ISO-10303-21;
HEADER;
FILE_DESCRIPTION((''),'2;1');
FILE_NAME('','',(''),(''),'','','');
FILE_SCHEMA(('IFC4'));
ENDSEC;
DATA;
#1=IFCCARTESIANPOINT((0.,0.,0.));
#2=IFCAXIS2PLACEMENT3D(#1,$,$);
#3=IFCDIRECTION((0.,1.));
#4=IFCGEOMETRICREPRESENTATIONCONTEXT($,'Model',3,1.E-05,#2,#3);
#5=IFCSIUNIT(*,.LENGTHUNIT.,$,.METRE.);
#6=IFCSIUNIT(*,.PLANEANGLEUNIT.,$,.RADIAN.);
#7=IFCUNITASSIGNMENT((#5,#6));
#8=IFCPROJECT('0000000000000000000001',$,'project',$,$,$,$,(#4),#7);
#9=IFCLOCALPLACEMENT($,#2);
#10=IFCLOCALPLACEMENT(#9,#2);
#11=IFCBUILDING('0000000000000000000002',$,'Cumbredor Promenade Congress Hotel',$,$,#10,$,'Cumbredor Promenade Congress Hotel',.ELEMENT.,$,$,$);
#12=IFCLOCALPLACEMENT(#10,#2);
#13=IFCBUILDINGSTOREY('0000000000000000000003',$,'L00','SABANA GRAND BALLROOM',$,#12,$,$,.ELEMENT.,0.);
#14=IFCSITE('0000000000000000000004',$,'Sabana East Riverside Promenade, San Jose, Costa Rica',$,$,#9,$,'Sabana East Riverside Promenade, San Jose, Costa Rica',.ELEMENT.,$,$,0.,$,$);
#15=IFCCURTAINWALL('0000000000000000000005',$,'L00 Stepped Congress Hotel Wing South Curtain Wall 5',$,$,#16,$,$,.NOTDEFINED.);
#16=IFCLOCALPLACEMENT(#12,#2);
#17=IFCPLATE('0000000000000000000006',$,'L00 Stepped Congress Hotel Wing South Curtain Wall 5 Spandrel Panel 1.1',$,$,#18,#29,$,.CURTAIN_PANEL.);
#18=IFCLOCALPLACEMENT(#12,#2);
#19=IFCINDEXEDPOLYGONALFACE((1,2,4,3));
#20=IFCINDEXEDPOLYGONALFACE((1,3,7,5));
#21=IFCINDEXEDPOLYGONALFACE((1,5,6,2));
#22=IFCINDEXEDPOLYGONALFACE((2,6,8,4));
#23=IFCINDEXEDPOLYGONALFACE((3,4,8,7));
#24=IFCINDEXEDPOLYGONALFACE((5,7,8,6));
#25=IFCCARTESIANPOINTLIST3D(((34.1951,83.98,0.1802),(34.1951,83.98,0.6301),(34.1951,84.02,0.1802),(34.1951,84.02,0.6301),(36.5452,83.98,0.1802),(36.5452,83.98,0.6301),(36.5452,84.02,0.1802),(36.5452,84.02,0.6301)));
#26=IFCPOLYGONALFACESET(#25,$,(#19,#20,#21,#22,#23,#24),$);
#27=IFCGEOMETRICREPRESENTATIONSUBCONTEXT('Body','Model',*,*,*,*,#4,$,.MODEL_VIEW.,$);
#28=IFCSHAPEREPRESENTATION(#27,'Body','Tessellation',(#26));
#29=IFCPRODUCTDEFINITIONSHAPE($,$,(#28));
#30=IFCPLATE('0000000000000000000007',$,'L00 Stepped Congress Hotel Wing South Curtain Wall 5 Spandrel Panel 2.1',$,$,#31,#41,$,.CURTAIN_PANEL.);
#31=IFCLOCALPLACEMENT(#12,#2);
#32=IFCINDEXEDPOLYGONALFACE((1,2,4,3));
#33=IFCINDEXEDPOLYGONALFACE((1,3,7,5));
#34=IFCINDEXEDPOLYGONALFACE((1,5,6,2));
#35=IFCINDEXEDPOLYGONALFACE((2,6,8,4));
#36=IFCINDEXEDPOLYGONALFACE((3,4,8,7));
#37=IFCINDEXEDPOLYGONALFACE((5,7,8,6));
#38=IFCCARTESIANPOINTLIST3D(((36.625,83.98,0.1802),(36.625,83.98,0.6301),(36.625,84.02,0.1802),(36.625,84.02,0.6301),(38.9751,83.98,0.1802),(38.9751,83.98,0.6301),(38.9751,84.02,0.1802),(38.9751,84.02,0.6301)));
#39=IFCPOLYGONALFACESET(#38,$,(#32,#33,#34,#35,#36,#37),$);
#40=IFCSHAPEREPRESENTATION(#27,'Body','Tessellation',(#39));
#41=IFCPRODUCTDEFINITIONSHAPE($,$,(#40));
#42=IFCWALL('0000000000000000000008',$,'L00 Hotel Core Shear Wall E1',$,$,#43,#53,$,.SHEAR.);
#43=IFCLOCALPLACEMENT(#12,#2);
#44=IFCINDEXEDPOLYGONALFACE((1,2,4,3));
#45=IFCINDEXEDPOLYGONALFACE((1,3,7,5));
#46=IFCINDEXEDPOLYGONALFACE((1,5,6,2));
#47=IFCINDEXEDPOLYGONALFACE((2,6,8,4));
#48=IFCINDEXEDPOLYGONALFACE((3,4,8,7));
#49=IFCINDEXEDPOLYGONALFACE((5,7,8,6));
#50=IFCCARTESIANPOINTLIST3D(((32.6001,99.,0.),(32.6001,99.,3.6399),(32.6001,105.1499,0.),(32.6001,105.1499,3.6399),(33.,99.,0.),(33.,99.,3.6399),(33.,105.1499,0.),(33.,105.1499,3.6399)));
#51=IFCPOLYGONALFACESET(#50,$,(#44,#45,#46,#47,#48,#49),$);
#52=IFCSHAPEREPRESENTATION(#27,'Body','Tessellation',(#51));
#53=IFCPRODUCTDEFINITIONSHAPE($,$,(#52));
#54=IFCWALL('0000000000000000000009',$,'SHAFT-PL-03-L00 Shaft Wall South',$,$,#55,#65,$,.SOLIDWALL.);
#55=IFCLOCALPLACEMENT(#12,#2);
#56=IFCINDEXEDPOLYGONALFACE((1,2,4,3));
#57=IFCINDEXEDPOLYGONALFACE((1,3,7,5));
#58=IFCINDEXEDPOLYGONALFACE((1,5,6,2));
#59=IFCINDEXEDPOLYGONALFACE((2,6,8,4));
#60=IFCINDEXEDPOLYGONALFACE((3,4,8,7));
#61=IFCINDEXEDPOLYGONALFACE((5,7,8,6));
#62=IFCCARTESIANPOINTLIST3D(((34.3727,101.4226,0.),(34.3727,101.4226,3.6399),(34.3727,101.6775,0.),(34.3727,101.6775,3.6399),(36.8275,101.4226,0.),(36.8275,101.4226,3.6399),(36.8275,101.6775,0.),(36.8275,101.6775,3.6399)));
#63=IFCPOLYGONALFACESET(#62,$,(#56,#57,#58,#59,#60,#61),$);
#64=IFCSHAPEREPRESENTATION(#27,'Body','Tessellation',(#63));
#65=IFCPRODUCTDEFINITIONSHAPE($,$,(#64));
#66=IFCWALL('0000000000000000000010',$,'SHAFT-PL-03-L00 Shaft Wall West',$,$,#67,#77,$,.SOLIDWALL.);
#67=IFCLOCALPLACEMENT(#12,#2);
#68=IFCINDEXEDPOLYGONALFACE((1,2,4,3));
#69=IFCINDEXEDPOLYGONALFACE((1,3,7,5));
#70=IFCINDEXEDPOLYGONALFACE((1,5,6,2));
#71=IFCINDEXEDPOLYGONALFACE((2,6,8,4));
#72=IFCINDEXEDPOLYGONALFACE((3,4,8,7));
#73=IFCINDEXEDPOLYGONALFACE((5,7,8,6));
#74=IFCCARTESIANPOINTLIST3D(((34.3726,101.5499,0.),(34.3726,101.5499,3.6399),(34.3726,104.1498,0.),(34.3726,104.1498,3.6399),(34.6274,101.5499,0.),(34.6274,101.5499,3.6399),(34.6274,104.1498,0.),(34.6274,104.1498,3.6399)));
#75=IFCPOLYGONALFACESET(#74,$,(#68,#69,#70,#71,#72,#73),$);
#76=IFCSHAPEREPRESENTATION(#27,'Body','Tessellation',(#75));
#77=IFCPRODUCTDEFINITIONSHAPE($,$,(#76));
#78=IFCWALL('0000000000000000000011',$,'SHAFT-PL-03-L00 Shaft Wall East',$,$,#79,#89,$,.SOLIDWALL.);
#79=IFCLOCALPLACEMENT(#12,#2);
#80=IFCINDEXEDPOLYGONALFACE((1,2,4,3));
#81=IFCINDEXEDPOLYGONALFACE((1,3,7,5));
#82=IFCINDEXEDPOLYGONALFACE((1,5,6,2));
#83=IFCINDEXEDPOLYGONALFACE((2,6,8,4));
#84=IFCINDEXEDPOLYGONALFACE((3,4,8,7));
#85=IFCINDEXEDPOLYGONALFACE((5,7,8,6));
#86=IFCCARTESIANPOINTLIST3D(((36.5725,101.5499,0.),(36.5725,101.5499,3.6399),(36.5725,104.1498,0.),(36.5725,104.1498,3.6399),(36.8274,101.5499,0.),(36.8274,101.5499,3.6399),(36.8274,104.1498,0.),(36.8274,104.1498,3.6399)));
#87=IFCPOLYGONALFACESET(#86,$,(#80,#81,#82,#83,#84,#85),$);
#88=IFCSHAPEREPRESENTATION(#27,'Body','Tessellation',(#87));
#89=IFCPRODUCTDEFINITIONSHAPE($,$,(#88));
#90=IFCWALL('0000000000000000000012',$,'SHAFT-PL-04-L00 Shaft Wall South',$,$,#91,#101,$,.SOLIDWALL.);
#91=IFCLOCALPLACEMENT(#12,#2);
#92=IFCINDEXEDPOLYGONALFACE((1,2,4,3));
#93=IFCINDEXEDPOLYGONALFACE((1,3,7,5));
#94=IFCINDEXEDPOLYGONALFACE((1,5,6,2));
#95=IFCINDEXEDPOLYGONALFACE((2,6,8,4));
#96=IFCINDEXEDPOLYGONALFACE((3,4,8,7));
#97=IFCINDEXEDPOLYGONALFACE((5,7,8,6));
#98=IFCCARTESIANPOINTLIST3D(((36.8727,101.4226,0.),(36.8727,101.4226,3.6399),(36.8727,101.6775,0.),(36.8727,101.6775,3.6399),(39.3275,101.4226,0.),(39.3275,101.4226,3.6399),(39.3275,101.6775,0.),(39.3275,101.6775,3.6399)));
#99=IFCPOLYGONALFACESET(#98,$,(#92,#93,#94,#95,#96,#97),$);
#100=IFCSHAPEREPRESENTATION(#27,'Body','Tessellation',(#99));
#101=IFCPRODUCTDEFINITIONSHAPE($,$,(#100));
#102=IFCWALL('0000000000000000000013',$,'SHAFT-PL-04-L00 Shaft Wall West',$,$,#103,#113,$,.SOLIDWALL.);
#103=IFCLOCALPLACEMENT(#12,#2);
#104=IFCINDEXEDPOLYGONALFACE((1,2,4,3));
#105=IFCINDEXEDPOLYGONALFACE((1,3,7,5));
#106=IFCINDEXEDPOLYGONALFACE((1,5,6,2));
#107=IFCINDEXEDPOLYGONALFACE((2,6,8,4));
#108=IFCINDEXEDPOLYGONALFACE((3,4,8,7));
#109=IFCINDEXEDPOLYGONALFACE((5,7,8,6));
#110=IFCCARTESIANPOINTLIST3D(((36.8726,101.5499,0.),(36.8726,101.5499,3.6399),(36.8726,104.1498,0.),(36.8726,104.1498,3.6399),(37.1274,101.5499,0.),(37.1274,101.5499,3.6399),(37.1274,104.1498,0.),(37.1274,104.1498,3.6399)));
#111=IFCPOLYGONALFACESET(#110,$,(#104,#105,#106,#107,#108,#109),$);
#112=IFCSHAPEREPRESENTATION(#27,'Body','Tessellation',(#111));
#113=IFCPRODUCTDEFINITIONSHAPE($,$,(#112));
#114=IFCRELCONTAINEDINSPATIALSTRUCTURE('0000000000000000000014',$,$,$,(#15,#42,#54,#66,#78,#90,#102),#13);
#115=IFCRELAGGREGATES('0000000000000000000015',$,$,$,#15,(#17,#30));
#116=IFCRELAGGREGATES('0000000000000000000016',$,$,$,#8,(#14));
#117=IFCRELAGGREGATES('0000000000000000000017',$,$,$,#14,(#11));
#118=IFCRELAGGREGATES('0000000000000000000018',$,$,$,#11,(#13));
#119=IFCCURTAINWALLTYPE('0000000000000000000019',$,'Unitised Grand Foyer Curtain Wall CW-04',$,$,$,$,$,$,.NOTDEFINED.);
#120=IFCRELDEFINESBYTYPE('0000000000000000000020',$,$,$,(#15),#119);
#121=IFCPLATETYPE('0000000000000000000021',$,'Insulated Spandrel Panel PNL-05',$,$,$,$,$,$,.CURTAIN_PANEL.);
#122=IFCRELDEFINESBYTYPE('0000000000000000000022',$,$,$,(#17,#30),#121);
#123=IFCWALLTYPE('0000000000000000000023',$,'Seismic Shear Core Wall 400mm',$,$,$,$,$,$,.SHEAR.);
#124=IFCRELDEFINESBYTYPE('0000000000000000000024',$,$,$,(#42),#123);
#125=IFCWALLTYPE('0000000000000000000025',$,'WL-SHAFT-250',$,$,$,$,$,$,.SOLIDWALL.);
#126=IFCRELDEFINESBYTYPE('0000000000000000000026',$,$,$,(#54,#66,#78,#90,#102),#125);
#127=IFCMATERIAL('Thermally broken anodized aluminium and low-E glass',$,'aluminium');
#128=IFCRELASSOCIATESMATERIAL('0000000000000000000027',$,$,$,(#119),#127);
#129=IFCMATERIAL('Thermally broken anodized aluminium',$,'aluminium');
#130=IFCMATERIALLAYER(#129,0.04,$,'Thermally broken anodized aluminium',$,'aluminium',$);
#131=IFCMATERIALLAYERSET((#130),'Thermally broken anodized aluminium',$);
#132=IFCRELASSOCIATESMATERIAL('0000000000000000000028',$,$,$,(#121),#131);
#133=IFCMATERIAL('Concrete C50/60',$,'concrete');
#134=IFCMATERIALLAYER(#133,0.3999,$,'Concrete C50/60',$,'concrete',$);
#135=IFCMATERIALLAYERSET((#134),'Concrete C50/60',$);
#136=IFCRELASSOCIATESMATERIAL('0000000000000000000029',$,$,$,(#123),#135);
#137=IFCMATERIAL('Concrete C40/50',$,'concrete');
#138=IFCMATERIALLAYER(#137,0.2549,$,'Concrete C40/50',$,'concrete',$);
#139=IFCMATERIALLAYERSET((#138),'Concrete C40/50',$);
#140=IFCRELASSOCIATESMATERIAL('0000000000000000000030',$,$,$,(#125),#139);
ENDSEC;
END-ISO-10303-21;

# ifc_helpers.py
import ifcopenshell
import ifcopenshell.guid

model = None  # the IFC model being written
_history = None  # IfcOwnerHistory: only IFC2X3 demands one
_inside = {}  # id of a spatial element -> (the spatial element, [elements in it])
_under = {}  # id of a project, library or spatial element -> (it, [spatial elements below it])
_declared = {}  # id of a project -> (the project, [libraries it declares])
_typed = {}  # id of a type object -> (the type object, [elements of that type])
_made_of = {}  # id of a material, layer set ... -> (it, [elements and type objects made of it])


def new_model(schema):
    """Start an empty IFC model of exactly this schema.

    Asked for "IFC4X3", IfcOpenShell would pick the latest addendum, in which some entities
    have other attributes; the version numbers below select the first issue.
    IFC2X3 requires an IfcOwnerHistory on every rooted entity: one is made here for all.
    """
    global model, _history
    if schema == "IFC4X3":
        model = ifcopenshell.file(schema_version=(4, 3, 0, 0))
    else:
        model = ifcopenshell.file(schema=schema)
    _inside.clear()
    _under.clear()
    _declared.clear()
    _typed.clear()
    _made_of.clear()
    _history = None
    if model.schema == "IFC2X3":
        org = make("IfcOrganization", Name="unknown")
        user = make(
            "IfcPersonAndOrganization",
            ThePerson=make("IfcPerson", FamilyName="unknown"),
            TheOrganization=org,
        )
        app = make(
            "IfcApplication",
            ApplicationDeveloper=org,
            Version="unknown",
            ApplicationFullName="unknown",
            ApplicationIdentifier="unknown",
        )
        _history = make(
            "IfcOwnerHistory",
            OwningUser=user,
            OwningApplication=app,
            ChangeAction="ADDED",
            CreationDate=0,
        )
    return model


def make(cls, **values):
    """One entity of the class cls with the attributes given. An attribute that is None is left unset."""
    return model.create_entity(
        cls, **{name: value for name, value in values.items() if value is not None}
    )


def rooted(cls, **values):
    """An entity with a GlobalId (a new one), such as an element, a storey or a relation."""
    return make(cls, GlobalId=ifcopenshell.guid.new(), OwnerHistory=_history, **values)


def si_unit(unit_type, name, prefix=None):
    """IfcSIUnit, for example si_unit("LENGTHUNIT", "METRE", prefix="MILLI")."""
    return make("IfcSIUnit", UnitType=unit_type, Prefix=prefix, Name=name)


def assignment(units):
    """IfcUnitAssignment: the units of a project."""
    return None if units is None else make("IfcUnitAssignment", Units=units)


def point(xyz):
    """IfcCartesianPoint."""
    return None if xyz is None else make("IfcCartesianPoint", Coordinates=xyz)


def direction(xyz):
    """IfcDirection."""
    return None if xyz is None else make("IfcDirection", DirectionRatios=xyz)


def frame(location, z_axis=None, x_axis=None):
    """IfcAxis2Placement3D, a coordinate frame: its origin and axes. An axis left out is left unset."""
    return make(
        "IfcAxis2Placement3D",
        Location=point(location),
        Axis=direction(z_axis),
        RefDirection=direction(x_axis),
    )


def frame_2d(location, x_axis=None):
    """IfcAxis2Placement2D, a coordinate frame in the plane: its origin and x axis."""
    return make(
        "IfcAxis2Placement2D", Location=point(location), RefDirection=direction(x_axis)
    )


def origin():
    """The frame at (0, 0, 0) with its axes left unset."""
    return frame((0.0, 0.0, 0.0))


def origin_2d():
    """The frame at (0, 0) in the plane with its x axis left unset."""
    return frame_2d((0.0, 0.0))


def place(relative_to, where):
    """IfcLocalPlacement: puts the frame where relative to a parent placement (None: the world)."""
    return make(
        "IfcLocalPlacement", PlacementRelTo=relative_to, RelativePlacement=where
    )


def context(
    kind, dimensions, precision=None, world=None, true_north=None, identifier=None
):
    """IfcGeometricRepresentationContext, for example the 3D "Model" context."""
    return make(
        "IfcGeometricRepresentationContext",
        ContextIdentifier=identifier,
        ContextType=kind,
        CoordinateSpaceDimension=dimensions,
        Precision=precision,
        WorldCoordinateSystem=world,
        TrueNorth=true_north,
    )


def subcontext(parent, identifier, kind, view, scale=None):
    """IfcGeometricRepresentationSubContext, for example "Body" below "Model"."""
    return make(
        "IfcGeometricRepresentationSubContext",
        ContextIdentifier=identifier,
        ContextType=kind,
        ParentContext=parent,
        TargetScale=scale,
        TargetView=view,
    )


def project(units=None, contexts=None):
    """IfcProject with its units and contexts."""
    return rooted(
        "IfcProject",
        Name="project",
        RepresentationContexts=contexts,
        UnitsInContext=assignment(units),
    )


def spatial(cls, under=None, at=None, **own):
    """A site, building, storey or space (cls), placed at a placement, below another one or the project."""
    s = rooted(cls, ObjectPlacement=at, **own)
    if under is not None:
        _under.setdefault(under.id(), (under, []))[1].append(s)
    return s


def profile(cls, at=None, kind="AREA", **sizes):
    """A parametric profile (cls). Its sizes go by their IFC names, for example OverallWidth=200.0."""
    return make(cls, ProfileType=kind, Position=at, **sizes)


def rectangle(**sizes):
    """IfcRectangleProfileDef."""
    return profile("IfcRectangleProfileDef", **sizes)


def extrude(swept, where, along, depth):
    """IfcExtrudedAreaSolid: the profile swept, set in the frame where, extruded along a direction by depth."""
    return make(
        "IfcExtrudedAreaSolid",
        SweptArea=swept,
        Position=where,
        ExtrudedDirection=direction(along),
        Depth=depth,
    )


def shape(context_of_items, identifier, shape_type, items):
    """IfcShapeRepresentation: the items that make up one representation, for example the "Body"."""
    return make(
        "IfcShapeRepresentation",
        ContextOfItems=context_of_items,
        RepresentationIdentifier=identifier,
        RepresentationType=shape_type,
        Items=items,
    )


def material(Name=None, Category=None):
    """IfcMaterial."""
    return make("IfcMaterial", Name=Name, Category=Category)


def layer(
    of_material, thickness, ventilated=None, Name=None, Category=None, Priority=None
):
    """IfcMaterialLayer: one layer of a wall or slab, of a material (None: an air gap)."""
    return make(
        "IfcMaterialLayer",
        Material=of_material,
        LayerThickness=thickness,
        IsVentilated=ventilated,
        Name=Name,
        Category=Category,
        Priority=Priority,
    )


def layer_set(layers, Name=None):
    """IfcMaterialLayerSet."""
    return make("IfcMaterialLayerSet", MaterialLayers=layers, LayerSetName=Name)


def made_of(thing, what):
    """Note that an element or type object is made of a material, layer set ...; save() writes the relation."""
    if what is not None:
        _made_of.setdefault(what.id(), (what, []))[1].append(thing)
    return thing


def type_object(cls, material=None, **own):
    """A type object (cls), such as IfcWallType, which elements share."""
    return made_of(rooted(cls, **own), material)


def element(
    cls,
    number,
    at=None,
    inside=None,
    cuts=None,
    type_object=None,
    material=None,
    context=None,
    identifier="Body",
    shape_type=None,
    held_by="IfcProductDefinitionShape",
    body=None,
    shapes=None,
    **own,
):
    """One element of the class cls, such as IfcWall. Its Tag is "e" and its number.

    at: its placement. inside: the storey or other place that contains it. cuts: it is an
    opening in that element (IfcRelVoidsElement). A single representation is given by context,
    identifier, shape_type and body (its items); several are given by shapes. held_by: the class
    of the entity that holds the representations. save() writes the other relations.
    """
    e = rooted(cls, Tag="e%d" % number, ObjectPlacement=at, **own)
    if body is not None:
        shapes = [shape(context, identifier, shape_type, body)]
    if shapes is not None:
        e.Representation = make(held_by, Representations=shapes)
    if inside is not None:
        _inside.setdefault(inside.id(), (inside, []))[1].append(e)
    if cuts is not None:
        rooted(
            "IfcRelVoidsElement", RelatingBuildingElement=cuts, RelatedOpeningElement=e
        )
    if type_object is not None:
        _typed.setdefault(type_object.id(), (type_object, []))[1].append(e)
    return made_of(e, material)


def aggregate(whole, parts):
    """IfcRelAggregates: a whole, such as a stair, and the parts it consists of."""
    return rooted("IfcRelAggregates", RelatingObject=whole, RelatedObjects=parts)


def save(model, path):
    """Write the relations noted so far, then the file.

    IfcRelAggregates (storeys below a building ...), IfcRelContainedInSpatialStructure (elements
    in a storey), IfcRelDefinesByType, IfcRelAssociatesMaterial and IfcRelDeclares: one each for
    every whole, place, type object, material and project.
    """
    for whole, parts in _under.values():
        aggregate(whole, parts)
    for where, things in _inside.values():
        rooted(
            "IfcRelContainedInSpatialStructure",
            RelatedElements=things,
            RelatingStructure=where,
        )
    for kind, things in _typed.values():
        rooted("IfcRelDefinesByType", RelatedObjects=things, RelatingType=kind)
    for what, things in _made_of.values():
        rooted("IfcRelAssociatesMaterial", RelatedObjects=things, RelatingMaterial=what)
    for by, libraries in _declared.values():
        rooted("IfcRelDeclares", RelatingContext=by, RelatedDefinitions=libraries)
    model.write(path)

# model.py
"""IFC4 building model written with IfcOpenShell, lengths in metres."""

from ifc_helpers import new_model, si_unit, direction, frame, frame_2d, origin, origin_2d, place, context, subcontext, project, spatial, rectangle, extrude, material, layer, layer_set, type_object, element, aggregate, save


model = new_model("IFC4")

# Units and contexts
model_context = context("Model", 3, precision=1e-05, world=origin(), true_north=direction((0.0, 1.0)))
body_context = subcontext(model_context, "Body", "Model", "MODEL_VIEW")
ifc_project = project(units=[si_unit("LENGTHUNIT", "METRE"), si_unit("PLANEANGLEUNIT", "RADIAN")], contexts=[model_context])

# Site, building, storey
site_placement = place(None, origin())
site = spatial("IfcSite", under=ifc_project, at=site_placement, Name="Sabana East Riverside Promenade, San Jose, Costa Rica", LongName="Sabana East Riverside Promenade, San Jose, Costa Rica", CompositionType="ELEMENT", RefElevation=0.0)
building_placement = place(site_placement, origin())
building = spatial("IfcBuilding", under=site, at=building_placement, Name="Cumbredor Promenade Congress Hotel", LongName="Cumbredor Promenade Congress Hotel", CompositionType="ELEMENT")
storey_placement = place(building_placement, origin())
storey = spatial("IfcBuildingStorey", under=building, at=storey_placement, Name="L00", Description="SABANA GRAND BALLROOM", CompositionType="ELEMENT", Elevation=0.0)

# Shared definitions
ifc_material_1 = material(Name="Concrete C50/60", Category="concrete")

# Shared definitions
ifc_material_2 = material(Name="Concrete C40/50", Category="concrete")

# Curtain wall
ifc_material_3 = material(Name="Thermally broken anodized aluminium and low-E glass", Category="aluminium")
curtain_wall_type = type_object("IfcCurtainWallType", Name="Unitised Grand Foyer Curtain Wall CW-04", PredefinedType="NOTDEFINED", material=ifc_material_3)
curtain_wall_placement = place(storey_placement, origin())
curtain_wall = element("IfcCurtainWall", 1, at=curtain_wall_placement, inside=storey, type_object=curtain_wall_type, Name="L00 Stepped Congress Hotel Wing South Curtain Wall 5", PredefinedType="NOTDEFINED")
ifc_material_4 = material(Name="Thermally broken anodized aluminium", Category="aluminium")

# Plates
ifc_layer_1 = layer(ifc_material_4, 0.04, Name="Thermally broken anodized aluminium", Category="aluminium")
ifc_layer_set_1 = layer_set([ifc_layer_1], Name="Thermally broken anodized aluminium")
plate_type_1 = type_object("IfcPlateType", Name="Insulated Spandrel Panel PNL-05", PredefinedType="CURTAIN_PANEL", material=ifc_layer_set_1)
plate_1_placement = place(storey_placement, frame((35.3701, 84.0, 0.1802), z_axis=(0.0, 0.0, 1.0), x_axis=(1.0, 0.0, 0.0)))
plate_1 = element("IfcPlate", 2, at=plate_1_placement, type_object=plate_type_1, Name="L00 Stepped Congress Hotel Wing South Curtain Wall 5 Spandrel Panel 1.1", PredefinedType="CURTAIN_PANEL", context=body_context, shape_type="SweptSolid", body=[
    extrude(rectangle(XDim=2.3501, YDim=0.04, at=origin_2d()), origin(), (0.0, 0.0, 1.0), 0.45),
])
plate_2_placement = place(storey_placement, frame((37.8, 84.0, 0.1802), z_axis=(0.0, 0.0, 1.0), x_axis=(1.0, 0.0, 0.0)))
plate_2 = element("IfcPlate", 3, at=plate_2_placement, type_object=plate_type_1, Name="L00 Stepped Congress Hotel Wing South Curtain Wall 5 Spandrel Panel 2.1", PredefinedType="CURTAIN_PANEL", context=body_context, shape_type="SweptSolid", body=[
    extrude(rectangle(XDim=2.3501, YDim=0.04, at=origin_2d()), origin(), (0.0, 0.0, 1.0), 0.45),
])
aggregate(curtain_wall, [plate_1, plate_2])

# Walls
ifc_layer_2 = layer(ifc_material_1, 0.3999, Name="Concrete C50/60", Category="concrete")
ifc_layer_set_2 = layer_set([ifc_layer_2], Name="Concrete C50/60")
wall_type_1 = type_object("IfcWallType", Name="Seismic Shear Core Wall 400mm", PredefinedType="SHEAR", material=ifc_layer_set_2)
wall_1_placement = place(storey_placement, frame((32.8, 99.0, 0.0), z_axis=(0.0, 0.0, 1.0), x_axis=(0.0, 1.0, 0.0)))
element("IfcWall", 4, at=wall_1_placement, inside=storey, type_object=wall_type_1, Name="L00 Hotel Core Shear Wall E1", PredefinedType="SHEAR", context=body_context, shape_type="SweptSolid", body=[
    extrude(rectangle(XDim=6.1499, YDim=0.3999, at=frame_2d((3.075, 0.0))), origin(), (0.0, 0.0, 1.0), 3.6399),
])
ifc_layer_3 = layer(ifc_material_2, 0.2549, Name="Concrete C40/50", Category="concrete")
ifc_layer_set_3 = layer_set([ifc_layer_3], Name="Concrete C40/50")
wall_type_2 = type_object("IfcWallType", Name="WL-SHAFT-250", PredefinedType="SOLIDWALL", material=ifc_layer_set_3)
wall_2_placement = place(storey_placement, frame((34.3726, 101.55, 0.0), z_axis=(0.0, 0.0, 1.0), x_axis=(1.0, 0.0, 0.0)))
element("IfcWall", 5, at=wall_2_placement, inside=storey, type_object=wall_type_2, Name="SHAFT-PL-03-L00 Shaft Wall South", PredefinedType="SOLIDWALL", context=body_context, shape_type="SweptSolid", body=[
    extrude(rectangle(XDim=2.4548, YDim=0.2549, at=frame_2d((1.2275, 0.0))), origin(), (0.0, 0.0, 1.0), 3.6399),
])

# Walls
for number, where, z_axis, x_axis, name in (
    (6, (34.5, 101.55, 0.0), (0.0, 0.0, 1.0), (0.0, 1.0, 0.0), "SHAFT-PL-03-L00 Shaft Wall West"),
    (7, (36.7, 101.55, 0.0), (0.0, 0.0, 1.0), (0.0, 1.0, 0.0), "SHAFT-PL-03-L00 Shaft Wall East"),
):
    element("IfcWall", number, at=place(storey_placement, frame(where, z_axis=z_axis, x_axis=x_axis)), inside=storey, type_object=wall_type_2, Name=name, PredefinedType="SOLIDWALL", context=body_context, shape_type="SweptSolid", body=[
        extrude(rectangle(XDim=2.5999, YDim=0.2549, at=frame_2d((1.2998, 0.0))), origin(), (0.0, 0.0, 1.0), 3.6399),
    ])
wall_3_placement = place(storey_placement, frame((36.8726, 101.55, 0.0), z_axis=(0.0, 0.0, 1.0), x_axis=(1.0, 0.0, 0.0)))
element("IfcWall", 8, at=wall_3_placement, inside=storey, type_object=wall_type_2, Name="SHAFT-PL-04-L00 Shaft Wall South", PredefinedType="SOLIDWALL", context=body_context, shape_type="SweptSolid", body=[
    extrude(rectangle(XDim=2.4548, YDim=0.2549, at=frame_2d((1.2275, 0.0))), origin(), (0.0, 0.0, 1.0), 3.6399),
])

# Wall
wall_4_placement = place(storey_placement, frame((37.0, 101.55, 0.0), z_axis=(0.0, 0.0, 1.0), x_axis=(0.0, 1.0, 0.0)))
element("IfcWall", 9, at=wall_4_placement, inside=storey, type_object=wall_type_2, Name="SHAFT-PL-04-L00 Shaft Wall West", PredefinedType="SOLIDWALL", context=body_context, shape_type="SweptSolid", body=[
    extrude(rectangle(XDim=2.5999, YDim=0.2549, at=frame_2d((1.2998, 0.0))), origin(), (0.0, 0.0, 1.0), 3.6399),
])

save(model, "model.ifc")
